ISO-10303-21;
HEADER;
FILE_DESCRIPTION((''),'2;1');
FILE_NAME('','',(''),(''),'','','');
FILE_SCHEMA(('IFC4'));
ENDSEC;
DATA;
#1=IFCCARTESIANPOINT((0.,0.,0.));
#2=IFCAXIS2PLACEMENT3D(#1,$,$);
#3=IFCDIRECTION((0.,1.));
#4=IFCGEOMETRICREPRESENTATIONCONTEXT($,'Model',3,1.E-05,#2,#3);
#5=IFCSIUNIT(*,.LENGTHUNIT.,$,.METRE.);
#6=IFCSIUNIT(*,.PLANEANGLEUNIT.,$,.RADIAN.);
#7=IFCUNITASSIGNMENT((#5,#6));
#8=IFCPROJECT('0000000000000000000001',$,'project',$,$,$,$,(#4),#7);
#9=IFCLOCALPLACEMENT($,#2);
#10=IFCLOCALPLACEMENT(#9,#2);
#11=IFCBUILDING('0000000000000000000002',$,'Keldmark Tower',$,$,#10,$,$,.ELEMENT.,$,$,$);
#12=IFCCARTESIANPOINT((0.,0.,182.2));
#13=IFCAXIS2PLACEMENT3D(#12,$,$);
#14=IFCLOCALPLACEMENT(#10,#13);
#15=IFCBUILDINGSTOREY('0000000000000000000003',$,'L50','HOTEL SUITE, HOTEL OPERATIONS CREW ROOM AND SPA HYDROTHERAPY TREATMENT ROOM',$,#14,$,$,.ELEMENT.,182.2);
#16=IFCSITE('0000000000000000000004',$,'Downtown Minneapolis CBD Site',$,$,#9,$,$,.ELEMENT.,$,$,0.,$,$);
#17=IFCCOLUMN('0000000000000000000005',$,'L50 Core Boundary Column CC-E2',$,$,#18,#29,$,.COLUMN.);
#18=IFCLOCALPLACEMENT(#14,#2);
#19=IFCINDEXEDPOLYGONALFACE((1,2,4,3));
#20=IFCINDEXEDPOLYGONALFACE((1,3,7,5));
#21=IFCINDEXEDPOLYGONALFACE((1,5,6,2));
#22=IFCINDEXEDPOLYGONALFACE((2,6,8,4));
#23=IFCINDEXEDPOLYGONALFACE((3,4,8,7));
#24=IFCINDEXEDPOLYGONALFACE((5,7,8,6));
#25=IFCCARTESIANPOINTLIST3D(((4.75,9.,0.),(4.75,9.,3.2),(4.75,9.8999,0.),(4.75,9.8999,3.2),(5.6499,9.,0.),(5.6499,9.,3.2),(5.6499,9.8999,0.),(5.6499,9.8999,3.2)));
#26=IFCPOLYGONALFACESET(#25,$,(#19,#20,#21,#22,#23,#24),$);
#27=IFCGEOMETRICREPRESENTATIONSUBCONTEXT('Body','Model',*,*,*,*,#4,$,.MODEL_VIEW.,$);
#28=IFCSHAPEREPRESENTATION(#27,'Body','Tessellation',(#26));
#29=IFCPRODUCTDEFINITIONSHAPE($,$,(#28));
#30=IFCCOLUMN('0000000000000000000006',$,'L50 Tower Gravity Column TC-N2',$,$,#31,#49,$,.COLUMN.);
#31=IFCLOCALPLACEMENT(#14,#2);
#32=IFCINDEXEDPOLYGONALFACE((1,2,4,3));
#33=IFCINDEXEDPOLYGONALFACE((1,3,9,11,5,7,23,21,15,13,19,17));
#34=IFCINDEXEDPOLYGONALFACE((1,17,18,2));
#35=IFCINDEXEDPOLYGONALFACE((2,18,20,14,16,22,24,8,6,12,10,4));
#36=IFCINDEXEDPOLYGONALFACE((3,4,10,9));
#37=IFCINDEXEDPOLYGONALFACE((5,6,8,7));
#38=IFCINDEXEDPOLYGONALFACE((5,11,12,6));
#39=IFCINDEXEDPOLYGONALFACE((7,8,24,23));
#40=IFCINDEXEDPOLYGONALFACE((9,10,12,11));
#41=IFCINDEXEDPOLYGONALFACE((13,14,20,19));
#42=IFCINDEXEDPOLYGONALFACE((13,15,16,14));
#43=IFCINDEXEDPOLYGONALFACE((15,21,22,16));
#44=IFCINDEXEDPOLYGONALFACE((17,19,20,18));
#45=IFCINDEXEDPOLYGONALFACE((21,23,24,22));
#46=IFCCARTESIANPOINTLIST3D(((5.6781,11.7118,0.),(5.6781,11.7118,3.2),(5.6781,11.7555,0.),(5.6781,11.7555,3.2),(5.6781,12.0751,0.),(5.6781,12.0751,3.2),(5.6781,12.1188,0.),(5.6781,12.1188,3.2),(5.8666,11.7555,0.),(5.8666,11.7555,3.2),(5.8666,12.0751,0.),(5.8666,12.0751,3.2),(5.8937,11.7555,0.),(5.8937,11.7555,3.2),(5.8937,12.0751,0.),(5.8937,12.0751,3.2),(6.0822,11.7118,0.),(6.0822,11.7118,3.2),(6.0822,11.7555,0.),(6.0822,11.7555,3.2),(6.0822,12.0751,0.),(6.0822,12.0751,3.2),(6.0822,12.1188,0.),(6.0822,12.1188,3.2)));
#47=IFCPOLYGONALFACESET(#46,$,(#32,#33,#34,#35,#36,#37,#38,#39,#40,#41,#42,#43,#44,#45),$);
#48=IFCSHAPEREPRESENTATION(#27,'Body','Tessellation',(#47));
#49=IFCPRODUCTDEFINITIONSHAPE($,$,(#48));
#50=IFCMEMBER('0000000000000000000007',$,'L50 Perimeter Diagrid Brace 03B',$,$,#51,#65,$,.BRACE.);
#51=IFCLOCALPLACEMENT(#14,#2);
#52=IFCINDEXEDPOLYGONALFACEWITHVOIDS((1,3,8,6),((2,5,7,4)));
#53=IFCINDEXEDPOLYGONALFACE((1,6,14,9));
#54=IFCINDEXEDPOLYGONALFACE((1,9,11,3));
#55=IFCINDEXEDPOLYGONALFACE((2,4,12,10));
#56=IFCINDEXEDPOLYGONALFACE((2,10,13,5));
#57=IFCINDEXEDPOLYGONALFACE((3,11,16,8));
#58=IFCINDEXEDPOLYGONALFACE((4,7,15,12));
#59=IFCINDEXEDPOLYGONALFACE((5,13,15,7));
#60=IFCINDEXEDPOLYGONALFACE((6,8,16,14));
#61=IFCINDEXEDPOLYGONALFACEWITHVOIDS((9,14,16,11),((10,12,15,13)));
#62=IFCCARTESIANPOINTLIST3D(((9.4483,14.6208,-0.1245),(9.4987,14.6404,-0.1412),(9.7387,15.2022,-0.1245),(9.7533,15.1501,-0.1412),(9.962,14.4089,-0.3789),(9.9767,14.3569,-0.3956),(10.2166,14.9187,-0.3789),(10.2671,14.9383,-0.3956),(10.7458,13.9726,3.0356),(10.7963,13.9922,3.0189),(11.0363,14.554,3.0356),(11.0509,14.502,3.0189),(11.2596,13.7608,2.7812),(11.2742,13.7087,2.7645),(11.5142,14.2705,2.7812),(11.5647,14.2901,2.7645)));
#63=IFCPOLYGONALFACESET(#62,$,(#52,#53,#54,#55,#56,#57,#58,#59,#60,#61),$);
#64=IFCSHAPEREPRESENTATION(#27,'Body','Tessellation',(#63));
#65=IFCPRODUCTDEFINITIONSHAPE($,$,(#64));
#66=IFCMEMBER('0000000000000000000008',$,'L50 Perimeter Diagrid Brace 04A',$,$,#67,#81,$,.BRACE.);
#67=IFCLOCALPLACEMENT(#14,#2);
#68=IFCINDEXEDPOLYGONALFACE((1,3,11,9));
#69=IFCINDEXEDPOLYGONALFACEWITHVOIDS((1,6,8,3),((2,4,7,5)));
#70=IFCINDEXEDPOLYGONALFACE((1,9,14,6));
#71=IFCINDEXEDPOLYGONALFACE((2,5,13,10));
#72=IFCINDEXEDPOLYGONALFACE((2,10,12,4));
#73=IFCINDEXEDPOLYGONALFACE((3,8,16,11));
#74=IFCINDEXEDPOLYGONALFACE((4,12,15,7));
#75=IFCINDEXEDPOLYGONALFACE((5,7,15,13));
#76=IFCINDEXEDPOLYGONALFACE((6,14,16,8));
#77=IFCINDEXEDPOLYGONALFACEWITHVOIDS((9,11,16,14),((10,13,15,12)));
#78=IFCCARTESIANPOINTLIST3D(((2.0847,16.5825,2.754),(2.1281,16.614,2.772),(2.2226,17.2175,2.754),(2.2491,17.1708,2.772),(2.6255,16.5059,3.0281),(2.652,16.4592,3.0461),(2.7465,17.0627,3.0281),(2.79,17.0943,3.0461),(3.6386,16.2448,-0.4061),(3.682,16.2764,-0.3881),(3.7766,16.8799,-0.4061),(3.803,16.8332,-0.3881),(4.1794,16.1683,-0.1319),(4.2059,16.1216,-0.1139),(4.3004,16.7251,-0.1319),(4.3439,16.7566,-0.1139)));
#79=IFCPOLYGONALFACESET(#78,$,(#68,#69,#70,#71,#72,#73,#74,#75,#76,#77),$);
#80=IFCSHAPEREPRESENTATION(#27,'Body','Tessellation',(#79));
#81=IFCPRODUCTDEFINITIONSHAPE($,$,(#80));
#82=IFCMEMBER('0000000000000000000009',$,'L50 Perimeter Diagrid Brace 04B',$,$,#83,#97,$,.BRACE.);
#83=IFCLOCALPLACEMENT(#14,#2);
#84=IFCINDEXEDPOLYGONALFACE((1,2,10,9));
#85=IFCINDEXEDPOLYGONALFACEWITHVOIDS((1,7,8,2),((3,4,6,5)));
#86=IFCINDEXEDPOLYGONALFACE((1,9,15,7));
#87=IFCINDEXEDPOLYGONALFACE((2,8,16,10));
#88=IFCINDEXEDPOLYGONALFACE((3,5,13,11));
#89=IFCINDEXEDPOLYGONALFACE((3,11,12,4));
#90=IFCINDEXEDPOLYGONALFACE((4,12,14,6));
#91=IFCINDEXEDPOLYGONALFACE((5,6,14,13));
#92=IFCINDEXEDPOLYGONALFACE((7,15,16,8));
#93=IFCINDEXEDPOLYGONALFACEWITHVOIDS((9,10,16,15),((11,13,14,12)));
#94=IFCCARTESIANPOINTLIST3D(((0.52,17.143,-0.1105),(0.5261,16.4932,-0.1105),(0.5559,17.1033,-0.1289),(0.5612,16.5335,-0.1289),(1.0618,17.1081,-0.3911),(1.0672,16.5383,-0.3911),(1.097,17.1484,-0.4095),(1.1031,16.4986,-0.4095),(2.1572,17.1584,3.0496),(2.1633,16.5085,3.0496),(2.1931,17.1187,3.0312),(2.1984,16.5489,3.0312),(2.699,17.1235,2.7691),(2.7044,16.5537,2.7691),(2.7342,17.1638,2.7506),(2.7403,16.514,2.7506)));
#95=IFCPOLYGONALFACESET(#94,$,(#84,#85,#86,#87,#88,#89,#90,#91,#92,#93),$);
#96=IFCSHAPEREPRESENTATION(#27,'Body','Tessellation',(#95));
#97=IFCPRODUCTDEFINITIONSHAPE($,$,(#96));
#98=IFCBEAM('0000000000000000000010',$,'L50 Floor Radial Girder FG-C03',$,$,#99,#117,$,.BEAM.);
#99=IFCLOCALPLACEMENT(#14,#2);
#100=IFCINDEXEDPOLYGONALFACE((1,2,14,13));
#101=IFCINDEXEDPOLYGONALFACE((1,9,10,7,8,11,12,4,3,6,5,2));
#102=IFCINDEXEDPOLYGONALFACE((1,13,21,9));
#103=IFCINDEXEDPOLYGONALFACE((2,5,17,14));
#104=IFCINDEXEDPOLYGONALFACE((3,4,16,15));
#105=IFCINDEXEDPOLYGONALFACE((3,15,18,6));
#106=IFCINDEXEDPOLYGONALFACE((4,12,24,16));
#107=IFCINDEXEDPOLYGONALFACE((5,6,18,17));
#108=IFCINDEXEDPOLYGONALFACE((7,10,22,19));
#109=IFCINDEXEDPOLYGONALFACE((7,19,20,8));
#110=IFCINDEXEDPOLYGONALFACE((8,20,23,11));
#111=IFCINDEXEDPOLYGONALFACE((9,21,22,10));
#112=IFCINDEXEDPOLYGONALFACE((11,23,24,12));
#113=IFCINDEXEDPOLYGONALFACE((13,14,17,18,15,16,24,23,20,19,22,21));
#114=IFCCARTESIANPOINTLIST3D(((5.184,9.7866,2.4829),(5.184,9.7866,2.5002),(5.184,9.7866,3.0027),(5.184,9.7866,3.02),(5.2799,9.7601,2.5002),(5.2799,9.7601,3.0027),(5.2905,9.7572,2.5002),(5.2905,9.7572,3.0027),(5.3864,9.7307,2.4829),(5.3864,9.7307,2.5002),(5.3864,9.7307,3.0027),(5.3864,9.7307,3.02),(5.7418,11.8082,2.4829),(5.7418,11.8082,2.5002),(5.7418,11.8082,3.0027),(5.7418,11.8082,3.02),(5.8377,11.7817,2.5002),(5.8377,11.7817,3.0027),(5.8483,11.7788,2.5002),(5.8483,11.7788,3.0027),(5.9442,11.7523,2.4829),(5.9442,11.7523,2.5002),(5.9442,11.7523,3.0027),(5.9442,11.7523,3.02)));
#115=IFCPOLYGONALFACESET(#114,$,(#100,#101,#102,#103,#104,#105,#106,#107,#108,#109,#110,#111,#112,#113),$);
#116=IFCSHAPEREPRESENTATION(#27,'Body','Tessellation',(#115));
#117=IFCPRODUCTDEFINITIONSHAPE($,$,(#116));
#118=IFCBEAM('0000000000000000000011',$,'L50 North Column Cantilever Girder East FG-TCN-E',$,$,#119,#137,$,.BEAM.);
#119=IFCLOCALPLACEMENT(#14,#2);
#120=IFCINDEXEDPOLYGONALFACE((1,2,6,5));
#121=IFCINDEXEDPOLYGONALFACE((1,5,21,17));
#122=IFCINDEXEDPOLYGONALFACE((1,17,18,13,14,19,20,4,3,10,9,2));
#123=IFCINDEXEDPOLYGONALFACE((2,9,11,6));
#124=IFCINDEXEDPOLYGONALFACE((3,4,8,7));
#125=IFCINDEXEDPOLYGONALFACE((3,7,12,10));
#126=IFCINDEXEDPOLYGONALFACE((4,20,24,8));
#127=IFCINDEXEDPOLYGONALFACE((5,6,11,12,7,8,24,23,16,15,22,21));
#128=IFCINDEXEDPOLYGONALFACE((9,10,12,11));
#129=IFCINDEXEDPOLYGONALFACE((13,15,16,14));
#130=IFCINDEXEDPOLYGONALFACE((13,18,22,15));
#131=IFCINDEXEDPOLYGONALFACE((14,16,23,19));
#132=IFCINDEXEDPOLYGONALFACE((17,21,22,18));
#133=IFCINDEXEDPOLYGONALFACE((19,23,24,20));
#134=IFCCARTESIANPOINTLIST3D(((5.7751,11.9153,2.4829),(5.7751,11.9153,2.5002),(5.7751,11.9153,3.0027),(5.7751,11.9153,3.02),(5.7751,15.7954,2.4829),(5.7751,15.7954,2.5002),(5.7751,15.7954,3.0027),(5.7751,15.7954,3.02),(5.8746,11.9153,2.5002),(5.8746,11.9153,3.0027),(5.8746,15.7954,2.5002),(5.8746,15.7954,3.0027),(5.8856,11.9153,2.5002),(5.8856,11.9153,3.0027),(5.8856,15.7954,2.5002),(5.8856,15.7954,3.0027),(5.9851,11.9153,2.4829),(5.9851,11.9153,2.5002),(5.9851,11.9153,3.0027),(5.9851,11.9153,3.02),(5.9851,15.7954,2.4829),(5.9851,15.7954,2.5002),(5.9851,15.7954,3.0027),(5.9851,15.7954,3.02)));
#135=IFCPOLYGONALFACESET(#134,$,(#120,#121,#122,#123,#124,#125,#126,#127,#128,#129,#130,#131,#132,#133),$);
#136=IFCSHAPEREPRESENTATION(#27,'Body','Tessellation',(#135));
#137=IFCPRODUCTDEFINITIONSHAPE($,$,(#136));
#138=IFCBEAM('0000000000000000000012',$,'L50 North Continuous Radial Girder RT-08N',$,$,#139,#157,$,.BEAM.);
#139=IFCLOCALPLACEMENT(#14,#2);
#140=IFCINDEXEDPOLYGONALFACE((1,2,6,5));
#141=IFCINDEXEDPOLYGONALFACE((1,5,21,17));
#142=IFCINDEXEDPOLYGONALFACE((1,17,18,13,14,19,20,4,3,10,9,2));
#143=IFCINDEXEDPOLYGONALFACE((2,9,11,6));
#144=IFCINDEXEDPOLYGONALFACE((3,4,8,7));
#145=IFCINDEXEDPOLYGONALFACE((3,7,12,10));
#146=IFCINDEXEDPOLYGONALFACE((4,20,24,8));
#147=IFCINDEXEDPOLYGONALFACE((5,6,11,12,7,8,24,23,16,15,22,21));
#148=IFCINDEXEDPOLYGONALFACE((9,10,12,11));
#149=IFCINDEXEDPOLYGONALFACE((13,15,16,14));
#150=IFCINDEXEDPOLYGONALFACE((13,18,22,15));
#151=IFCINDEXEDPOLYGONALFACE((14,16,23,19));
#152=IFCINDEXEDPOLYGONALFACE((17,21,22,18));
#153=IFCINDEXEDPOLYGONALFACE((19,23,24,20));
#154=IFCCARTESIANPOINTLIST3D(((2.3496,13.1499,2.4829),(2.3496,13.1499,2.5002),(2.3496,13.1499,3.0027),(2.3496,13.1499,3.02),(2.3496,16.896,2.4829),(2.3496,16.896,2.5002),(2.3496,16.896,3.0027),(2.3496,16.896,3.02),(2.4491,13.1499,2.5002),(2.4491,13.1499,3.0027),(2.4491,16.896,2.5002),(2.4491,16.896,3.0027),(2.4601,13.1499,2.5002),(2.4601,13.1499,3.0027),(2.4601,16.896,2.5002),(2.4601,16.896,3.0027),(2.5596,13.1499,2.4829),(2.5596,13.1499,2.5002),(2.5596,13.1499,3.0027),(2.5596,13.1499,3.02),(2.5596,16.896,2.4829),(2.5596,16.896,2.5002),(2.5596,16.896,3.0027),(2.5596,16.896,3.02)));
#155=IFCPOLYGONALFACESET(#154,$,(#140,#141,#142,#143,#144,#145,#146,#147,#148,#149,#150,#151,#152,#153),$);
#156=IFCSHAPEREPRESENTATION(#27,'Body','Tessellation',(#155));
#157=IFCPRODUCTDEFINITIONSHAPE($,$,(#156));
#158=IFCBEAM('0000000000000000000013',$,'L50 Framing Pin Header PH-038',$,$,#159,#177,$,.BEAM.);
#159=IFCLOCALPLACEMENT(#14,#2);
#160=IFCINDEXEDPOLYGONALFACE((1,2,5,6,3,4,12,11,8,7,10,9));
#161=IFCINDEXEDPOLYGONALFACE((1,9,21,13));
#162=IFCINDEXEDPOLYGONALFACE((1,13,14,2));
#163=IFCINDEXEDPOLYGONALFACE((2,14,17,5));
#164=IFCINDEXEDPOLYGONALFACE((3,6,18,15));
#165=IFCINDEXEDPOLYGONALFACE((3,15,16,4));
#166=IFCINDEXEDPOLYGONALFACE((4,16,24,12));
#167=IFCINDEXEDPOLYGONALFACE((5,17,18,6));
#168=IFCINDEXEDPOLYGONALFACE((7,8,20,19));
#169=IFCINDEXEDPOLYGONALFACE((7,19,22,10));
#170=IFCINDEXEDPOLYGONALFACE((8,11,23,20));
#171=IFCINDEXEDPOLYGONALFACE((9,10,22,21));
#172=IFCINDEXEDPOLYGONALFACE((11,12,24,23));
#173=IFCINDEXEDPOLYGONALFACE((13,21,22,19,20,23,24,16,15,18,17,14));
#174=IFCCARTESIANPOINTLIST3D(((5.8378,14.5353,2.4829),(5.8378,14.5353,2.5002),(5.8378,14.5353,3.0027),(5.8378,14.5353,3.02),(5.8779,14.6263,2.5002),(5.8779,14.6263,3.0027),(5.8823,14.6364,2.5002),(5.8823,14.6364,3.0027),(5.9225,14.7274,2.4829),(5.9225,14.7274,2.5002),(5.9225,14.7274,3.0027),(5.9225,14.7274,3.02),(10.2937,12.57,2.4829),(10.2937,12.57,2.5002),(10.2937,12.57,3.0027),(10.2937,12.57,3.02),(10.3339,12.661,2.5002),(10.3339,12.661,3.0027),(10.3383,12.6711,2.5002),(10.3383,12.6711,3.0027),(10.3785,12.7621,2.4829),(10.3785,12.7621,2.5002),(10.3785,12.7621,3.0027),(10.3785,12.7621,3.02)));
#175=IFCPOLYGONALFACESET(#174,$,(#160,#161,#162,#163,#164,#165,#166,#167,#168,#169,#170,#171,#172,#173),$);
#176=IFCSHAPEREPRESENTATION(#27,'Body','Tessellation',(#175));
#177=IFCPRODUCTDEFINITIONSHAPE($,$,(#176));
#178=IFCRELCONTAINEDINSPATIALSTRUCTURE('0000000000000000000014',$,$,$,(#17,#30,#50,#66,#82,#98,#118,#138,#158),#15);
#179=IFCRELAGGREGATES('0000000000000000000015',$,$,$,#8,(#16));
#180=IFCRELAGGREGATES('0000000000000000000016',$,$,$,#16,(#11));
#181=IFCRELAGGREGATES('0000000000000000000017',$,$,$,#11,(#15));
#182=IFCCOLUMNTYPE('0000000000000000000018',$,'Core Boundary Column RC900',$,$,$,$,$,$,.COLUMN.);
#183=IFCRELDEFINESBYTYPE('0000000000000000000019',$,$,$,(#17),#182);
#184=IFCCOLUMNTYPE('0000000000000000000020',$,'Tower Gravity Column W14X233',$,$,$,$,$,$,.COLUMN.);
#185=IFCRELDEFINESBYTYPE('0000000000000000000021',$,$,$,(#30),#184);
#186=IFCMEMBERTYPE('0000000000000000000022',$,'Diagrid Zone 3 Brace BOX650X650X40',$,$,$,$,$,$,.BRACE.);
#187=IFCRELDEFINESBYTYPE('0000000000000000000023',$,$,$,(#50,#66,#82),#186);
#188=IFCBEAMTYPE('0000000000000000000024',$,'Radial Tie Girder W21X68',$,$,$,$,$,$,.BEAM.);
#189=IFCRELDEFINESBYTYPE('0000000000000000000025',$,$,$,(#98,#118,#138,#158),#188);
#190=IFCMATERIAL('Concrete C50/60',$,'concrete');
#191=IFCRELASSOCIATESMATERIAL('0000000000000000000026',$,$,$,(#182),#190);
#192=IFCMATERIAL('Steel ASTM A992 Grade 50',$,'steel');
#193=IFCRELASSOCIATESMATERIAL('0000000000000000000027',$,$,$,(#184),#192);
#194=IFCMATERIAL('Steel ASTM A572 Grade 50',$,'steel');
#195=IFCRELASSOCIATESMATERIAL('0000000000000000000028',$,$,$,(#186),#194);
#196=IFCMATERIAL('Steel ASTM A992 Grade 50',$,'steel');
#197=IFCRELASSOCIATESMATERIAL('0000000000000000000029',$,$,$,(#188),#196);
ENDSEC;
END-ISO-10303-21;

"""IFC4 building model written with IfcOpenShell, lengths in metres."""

from ifc_helpers import new_model, si_unit, direction, frame, origin, origin_2d, place, context, subcontext, project, spatial, rectangle, hollow_rectangle, i_section, extrude, material, material_profile, profile_set, type_object, element, save


model = new_model("IFC4")

# Units and contexts
model_context = context("Model", 3, precision=1e-05, world=origin(), true_north=direction((0.0, 1.0)))
body_context = subcontext(model_context, "Body", "Model", "MODEL_VIEW")
ifc_project = project(units=[si_unit("LENGTHUNIT", "METRE"), si_unit("PLANEANGLEUNIT", "RADIAN")], contexts=[model_context])

# Site, building, storey
site_placement = place(None, origin())
site = spatial("IfcSite", under=ifc_project, at=site_placement, Name="Downtown Minneapolis CBD Site", CompositionType="ELEMENT", RefElevation=0.0)
building_placement = place(site_placement, origin())
building = spatial("IfcBuilding", under=site, at=building_placement, Name="Keldmark Tower", CompositionType="ELEMENT")
storey_placement = place(building_placement, frame((0.0, 0.0, 182.2)))
storey = spatial("IfcBuildingStorey", under=building, at=storey_placement, Name="L50", Description="HOTEL SUITE, HOTEL OPERATIONS CREW ROOM AND SPA HYDROTHERAPY TREATMENT ROOM", CompositionType="ELEMENT", Elevation=182.2)

# Columns
ifc_material_1 = material(Name="Concrete C50/60", Category="concrete")
ifc_material_profile_1 = material_profile(ifc_material_1, rectangle(XDim=0.8999, YDim=0.8999, at=origin_2d()), Name="RC900X900")
ifc_profile_set_1 = profile_set([ifc_material_profile_1], Name="Concrete C50/60")
column_type_1 = type_object("IfcColumnType", Name="Core Boundary Column RC900", PredefinedType="COLUMN", material=ifc_profile_set_1)
column_1_placement = place(storey_placement, frame((5.2, 9.45, 0.0), z_axis=(0.0, 0.0, 1.0), x_axis=(1.0, 0.0, 0.0)))
element("IfcColumn", 1, at=column_1_placement, inside=storey, type_object=column_type_1, Name="L50 Core Boundary Column CC-E2", PredefinedType="COLUMN", context=body_context, shape_type="SweptSolid", body=[
    extrude(rectangle(XDim=0.8999, YDim=0.8999, at=origin_2d()), origin(), (0.0, 0.0, 1.0), 3.2),
])
ifc_material_2 = material(Name="Steel ASTM A992 Grade 50", Category="steel")
ifc_material_profile_2 = material_profile(ifc_material_2, i_section(OverallWidth=0.4041, OverallDepth=0.407, WebThickness=0.0271, FlangeThickness=0.0437, at=origin_2d()), Name="W14X233")
ifc_profile_set_2 = profile_set([ifc_material_profile_2], Name="Steel ASTM A992 Grade 50")
column_type_2 = type_object("IfcColumnType", Name="Tower Gravity Column W14X233", PredefinedType="COLUMN", material=ifc_profile_set_2)
column_2_placement = place(storey_placement, frame((5.8801, 11.9153, 0.0), z_axis=(0.0, 0.0, 1.0), x_axis=(1.0, 0.0, 0.0)))
element("IfcColumn", 2, at=column_2_placement, inside=storey, type_object=column_type_2, Name="L50 Tower Gravity Column TC-N2", PredefinedType="COLUMN", context=body_context, shape_type="SweptSolid", body=[
    extrude(i_section(OverallWidth=0.4041, OverallDepth=0.407, WebThickness=0.0271, FlangeThickness=0.0437, at=origin_2d()), origin(), (0.0, 0.0, 1.0), 3.2),
])

# Members
ifc_material_3 = material(Name="Steel ASTM A572 Grade 50", Category="steel")
ifc_material_profile_3 = material_profile(ifc_material_3, hollow_rectangle(XDim=0.6499, YDim=0.6499, WallThickness=0.04, at=origin_2d()), Name="BOX650X650X40")
ifc_profile_set_3 = profile_set([ifc_material_profile_3], Name="Steel ASTM A572 Grade 50")
member_type = type_object("IfcMemberType", Name="Diagrid Zone 3 Brace BOX650X650X40", PredefinedType="BRACE", material=ifc_profile_set_3)
member_1_placement = place(storey_placement, frame((9.8577, 14.7795, -0.26), z_axis=(0.373182, -0.186415, 0.908837), x_axis=(0.446877, 0.894595, 0.0)))
element("IfcMember", 3, at=member_1_placement, inside=storey, type_object=member_type, Name="L50 Perimeter Diagrid Brace 03B", PredefinedType="BRACE", context=body_context, shape_type="SweptSolid", body=[
    extrude(hollow_rectangle(XDim=0.6499, YDim=0.6499, WallThickness=0.04, at=origin_2d()), origin(), (0.0, 0.0, 1.0), 3.4771),
])
member_2_placement = place(storey_placement, frame((3.9912, 16.5007, -0.26), z_axis=(-0.439255, 0.095442, 0.893278), x_axis=(-0.212328, -0.977199, 0.0)))
element("IfcMember", 4, at=member_2_placement, inside=storey, type_object=member_type, Name="L50 Perimeter Diagrid Brace 04A", PredefinedType="BRACE", context=body_context, shape_type="SweptSolid", body=[
    extrude(hollow_rectangle(XDim=0.6499, YDim=0.6499, WallThickness=0.04, at=origin_2d()), origin(), (0.0, 0.0, 1.0), 3.5376),
])
member_3_placement = place(storey_placement, frame((0.8115, 16.8208, -0.26), z_axis=(0.460004, 0.004322, 0.887906), x_axis=(-0.009394, 0.999956, 0.0)))
element("IfcMember", 5, at=member_3_placement, inside=storey, type_object=member_type, Name="L50 Perimeter Diagrid Brace 04B", PredefinedType="BRACE", context=body_context, shape_type="SweptSolid", body=[
    extrude(hollow_rectangle(XDim=0.6499, YDim=0.6499, WallThickness=0.04, at=origin_2d()), origin(), (0.0, 0.0, 1.0), 3.5591),
])

# Beams
ifc_material_4 = material(Name="Steel ASTM A992 Grade 50", Category="steel")
ifc_material_profile_4 = material_profile(ifc_material_4, i_section(OverallWidth=0.21, OverallDepth=0.5371, WebThickness=0.011, FlangeThickness=0.0173, at=origin_2d()), Name="W21X68")
ifc_profile_set_4 = profile_set([ifc_material_profile_4], Name="Steel ASTM A992 Grade 50")
beam_type_1 = type_object("IfcBeamType", Name="Radial Tie Girder W21X68", PredefinedType="BEAM", material=ifc_profile_set_4)
beam_1_placement = place(storey_placement, frame((5.843, 11.7803, 2.7515), z_axis=(-0.265992, -0.963975, 0.0), x_axis=(0.963975, -0.265992, 0.0)))
element("IfcBeam", 6, at=beam_1_placement, inside=storey, type_object=beam_type_1, Name="L50 Floor Radial Girder FG-C03", PredefinedType="BEAM", context=body_context, shape_type="SweptSolid", body=[
    extrude(i_section(OverallWidth=0.21, OverallDepth=0.5371, WebThickness=0.011, FlangeThickness=0.0173, at=origin_2d()), origin(), (0.0, 0.0, 1.0), 2.0972),
])
beam_2_placement = place(storey_placement, frame((5.8801, 11.9153, 2.7515), z_axis=(0.0, 1.0, 0.0), x_axis=(-1.0, 0.0, 0.0)))
element("IfcBeam", 7, at=beam_2_placement, inside=storey, type_object=beam_type_1, Name="L50 North Column Cantilever Girder East FG-TCN-E", PredefinedType="BEAM", context=body_context, shape_type="SweptSolid", body=[
    extrude(i_section(OverallWidth=0.21, OverallDepth=0.5371, WebThickness=0.011, FlangeThickness=0.0173, at=origin_2d()), origin(), (0.0, 0.0, 1.0), 3.8801),
])
beam_3_placement = place(storey_placement, frame((2.4546, 13.1499, 2.7515), z_axis=(0.0, 1.0, 0.0), x_axis=(-1.0, 0.0, 0.0)))
element("IfcBeam", 8, at=beam_3_placement, inside=storey, type_object=beam_type_1, Name="L50 North Continuous Radial Girder RT-08N", PredefinedType="BEAM", context=body_context, shape_type="SweptSolid", body=[
    extrude(i_section(OverallWidth=0.21, OverallDepth=0.5371, WebThickness=0.011, FlangeThickness=0.0173, at=origin_2d()), origin(), (0.0, 0.0, 1.0), 3.7461),
])
beam_4_placement = place(storey_placement, frame((5.8801, 14.6313, 2.7515), z_axis=(0.914961, -0.403541, 0.0), x_axis=(0.403541, 0.914961, 0.0)))
element("IfcBeam", 9, at=beam_4_placement, inside=storey, type_object=beam_type_1, Name="L50 Framing Pin Header PH-038", PredefinedType="BEAM", context=body_context, shape_type="SweptSolid", body=[
    extrude(i_section(OverallWidth=0.21, OverallDepth=0.5371, WebThickness=0.011, FlangeThickness=0.0173, at=origin_2d()), origin(), (0.0, 0.0, 1.0), 4.8701),
])

save(model, "model.ifc")
